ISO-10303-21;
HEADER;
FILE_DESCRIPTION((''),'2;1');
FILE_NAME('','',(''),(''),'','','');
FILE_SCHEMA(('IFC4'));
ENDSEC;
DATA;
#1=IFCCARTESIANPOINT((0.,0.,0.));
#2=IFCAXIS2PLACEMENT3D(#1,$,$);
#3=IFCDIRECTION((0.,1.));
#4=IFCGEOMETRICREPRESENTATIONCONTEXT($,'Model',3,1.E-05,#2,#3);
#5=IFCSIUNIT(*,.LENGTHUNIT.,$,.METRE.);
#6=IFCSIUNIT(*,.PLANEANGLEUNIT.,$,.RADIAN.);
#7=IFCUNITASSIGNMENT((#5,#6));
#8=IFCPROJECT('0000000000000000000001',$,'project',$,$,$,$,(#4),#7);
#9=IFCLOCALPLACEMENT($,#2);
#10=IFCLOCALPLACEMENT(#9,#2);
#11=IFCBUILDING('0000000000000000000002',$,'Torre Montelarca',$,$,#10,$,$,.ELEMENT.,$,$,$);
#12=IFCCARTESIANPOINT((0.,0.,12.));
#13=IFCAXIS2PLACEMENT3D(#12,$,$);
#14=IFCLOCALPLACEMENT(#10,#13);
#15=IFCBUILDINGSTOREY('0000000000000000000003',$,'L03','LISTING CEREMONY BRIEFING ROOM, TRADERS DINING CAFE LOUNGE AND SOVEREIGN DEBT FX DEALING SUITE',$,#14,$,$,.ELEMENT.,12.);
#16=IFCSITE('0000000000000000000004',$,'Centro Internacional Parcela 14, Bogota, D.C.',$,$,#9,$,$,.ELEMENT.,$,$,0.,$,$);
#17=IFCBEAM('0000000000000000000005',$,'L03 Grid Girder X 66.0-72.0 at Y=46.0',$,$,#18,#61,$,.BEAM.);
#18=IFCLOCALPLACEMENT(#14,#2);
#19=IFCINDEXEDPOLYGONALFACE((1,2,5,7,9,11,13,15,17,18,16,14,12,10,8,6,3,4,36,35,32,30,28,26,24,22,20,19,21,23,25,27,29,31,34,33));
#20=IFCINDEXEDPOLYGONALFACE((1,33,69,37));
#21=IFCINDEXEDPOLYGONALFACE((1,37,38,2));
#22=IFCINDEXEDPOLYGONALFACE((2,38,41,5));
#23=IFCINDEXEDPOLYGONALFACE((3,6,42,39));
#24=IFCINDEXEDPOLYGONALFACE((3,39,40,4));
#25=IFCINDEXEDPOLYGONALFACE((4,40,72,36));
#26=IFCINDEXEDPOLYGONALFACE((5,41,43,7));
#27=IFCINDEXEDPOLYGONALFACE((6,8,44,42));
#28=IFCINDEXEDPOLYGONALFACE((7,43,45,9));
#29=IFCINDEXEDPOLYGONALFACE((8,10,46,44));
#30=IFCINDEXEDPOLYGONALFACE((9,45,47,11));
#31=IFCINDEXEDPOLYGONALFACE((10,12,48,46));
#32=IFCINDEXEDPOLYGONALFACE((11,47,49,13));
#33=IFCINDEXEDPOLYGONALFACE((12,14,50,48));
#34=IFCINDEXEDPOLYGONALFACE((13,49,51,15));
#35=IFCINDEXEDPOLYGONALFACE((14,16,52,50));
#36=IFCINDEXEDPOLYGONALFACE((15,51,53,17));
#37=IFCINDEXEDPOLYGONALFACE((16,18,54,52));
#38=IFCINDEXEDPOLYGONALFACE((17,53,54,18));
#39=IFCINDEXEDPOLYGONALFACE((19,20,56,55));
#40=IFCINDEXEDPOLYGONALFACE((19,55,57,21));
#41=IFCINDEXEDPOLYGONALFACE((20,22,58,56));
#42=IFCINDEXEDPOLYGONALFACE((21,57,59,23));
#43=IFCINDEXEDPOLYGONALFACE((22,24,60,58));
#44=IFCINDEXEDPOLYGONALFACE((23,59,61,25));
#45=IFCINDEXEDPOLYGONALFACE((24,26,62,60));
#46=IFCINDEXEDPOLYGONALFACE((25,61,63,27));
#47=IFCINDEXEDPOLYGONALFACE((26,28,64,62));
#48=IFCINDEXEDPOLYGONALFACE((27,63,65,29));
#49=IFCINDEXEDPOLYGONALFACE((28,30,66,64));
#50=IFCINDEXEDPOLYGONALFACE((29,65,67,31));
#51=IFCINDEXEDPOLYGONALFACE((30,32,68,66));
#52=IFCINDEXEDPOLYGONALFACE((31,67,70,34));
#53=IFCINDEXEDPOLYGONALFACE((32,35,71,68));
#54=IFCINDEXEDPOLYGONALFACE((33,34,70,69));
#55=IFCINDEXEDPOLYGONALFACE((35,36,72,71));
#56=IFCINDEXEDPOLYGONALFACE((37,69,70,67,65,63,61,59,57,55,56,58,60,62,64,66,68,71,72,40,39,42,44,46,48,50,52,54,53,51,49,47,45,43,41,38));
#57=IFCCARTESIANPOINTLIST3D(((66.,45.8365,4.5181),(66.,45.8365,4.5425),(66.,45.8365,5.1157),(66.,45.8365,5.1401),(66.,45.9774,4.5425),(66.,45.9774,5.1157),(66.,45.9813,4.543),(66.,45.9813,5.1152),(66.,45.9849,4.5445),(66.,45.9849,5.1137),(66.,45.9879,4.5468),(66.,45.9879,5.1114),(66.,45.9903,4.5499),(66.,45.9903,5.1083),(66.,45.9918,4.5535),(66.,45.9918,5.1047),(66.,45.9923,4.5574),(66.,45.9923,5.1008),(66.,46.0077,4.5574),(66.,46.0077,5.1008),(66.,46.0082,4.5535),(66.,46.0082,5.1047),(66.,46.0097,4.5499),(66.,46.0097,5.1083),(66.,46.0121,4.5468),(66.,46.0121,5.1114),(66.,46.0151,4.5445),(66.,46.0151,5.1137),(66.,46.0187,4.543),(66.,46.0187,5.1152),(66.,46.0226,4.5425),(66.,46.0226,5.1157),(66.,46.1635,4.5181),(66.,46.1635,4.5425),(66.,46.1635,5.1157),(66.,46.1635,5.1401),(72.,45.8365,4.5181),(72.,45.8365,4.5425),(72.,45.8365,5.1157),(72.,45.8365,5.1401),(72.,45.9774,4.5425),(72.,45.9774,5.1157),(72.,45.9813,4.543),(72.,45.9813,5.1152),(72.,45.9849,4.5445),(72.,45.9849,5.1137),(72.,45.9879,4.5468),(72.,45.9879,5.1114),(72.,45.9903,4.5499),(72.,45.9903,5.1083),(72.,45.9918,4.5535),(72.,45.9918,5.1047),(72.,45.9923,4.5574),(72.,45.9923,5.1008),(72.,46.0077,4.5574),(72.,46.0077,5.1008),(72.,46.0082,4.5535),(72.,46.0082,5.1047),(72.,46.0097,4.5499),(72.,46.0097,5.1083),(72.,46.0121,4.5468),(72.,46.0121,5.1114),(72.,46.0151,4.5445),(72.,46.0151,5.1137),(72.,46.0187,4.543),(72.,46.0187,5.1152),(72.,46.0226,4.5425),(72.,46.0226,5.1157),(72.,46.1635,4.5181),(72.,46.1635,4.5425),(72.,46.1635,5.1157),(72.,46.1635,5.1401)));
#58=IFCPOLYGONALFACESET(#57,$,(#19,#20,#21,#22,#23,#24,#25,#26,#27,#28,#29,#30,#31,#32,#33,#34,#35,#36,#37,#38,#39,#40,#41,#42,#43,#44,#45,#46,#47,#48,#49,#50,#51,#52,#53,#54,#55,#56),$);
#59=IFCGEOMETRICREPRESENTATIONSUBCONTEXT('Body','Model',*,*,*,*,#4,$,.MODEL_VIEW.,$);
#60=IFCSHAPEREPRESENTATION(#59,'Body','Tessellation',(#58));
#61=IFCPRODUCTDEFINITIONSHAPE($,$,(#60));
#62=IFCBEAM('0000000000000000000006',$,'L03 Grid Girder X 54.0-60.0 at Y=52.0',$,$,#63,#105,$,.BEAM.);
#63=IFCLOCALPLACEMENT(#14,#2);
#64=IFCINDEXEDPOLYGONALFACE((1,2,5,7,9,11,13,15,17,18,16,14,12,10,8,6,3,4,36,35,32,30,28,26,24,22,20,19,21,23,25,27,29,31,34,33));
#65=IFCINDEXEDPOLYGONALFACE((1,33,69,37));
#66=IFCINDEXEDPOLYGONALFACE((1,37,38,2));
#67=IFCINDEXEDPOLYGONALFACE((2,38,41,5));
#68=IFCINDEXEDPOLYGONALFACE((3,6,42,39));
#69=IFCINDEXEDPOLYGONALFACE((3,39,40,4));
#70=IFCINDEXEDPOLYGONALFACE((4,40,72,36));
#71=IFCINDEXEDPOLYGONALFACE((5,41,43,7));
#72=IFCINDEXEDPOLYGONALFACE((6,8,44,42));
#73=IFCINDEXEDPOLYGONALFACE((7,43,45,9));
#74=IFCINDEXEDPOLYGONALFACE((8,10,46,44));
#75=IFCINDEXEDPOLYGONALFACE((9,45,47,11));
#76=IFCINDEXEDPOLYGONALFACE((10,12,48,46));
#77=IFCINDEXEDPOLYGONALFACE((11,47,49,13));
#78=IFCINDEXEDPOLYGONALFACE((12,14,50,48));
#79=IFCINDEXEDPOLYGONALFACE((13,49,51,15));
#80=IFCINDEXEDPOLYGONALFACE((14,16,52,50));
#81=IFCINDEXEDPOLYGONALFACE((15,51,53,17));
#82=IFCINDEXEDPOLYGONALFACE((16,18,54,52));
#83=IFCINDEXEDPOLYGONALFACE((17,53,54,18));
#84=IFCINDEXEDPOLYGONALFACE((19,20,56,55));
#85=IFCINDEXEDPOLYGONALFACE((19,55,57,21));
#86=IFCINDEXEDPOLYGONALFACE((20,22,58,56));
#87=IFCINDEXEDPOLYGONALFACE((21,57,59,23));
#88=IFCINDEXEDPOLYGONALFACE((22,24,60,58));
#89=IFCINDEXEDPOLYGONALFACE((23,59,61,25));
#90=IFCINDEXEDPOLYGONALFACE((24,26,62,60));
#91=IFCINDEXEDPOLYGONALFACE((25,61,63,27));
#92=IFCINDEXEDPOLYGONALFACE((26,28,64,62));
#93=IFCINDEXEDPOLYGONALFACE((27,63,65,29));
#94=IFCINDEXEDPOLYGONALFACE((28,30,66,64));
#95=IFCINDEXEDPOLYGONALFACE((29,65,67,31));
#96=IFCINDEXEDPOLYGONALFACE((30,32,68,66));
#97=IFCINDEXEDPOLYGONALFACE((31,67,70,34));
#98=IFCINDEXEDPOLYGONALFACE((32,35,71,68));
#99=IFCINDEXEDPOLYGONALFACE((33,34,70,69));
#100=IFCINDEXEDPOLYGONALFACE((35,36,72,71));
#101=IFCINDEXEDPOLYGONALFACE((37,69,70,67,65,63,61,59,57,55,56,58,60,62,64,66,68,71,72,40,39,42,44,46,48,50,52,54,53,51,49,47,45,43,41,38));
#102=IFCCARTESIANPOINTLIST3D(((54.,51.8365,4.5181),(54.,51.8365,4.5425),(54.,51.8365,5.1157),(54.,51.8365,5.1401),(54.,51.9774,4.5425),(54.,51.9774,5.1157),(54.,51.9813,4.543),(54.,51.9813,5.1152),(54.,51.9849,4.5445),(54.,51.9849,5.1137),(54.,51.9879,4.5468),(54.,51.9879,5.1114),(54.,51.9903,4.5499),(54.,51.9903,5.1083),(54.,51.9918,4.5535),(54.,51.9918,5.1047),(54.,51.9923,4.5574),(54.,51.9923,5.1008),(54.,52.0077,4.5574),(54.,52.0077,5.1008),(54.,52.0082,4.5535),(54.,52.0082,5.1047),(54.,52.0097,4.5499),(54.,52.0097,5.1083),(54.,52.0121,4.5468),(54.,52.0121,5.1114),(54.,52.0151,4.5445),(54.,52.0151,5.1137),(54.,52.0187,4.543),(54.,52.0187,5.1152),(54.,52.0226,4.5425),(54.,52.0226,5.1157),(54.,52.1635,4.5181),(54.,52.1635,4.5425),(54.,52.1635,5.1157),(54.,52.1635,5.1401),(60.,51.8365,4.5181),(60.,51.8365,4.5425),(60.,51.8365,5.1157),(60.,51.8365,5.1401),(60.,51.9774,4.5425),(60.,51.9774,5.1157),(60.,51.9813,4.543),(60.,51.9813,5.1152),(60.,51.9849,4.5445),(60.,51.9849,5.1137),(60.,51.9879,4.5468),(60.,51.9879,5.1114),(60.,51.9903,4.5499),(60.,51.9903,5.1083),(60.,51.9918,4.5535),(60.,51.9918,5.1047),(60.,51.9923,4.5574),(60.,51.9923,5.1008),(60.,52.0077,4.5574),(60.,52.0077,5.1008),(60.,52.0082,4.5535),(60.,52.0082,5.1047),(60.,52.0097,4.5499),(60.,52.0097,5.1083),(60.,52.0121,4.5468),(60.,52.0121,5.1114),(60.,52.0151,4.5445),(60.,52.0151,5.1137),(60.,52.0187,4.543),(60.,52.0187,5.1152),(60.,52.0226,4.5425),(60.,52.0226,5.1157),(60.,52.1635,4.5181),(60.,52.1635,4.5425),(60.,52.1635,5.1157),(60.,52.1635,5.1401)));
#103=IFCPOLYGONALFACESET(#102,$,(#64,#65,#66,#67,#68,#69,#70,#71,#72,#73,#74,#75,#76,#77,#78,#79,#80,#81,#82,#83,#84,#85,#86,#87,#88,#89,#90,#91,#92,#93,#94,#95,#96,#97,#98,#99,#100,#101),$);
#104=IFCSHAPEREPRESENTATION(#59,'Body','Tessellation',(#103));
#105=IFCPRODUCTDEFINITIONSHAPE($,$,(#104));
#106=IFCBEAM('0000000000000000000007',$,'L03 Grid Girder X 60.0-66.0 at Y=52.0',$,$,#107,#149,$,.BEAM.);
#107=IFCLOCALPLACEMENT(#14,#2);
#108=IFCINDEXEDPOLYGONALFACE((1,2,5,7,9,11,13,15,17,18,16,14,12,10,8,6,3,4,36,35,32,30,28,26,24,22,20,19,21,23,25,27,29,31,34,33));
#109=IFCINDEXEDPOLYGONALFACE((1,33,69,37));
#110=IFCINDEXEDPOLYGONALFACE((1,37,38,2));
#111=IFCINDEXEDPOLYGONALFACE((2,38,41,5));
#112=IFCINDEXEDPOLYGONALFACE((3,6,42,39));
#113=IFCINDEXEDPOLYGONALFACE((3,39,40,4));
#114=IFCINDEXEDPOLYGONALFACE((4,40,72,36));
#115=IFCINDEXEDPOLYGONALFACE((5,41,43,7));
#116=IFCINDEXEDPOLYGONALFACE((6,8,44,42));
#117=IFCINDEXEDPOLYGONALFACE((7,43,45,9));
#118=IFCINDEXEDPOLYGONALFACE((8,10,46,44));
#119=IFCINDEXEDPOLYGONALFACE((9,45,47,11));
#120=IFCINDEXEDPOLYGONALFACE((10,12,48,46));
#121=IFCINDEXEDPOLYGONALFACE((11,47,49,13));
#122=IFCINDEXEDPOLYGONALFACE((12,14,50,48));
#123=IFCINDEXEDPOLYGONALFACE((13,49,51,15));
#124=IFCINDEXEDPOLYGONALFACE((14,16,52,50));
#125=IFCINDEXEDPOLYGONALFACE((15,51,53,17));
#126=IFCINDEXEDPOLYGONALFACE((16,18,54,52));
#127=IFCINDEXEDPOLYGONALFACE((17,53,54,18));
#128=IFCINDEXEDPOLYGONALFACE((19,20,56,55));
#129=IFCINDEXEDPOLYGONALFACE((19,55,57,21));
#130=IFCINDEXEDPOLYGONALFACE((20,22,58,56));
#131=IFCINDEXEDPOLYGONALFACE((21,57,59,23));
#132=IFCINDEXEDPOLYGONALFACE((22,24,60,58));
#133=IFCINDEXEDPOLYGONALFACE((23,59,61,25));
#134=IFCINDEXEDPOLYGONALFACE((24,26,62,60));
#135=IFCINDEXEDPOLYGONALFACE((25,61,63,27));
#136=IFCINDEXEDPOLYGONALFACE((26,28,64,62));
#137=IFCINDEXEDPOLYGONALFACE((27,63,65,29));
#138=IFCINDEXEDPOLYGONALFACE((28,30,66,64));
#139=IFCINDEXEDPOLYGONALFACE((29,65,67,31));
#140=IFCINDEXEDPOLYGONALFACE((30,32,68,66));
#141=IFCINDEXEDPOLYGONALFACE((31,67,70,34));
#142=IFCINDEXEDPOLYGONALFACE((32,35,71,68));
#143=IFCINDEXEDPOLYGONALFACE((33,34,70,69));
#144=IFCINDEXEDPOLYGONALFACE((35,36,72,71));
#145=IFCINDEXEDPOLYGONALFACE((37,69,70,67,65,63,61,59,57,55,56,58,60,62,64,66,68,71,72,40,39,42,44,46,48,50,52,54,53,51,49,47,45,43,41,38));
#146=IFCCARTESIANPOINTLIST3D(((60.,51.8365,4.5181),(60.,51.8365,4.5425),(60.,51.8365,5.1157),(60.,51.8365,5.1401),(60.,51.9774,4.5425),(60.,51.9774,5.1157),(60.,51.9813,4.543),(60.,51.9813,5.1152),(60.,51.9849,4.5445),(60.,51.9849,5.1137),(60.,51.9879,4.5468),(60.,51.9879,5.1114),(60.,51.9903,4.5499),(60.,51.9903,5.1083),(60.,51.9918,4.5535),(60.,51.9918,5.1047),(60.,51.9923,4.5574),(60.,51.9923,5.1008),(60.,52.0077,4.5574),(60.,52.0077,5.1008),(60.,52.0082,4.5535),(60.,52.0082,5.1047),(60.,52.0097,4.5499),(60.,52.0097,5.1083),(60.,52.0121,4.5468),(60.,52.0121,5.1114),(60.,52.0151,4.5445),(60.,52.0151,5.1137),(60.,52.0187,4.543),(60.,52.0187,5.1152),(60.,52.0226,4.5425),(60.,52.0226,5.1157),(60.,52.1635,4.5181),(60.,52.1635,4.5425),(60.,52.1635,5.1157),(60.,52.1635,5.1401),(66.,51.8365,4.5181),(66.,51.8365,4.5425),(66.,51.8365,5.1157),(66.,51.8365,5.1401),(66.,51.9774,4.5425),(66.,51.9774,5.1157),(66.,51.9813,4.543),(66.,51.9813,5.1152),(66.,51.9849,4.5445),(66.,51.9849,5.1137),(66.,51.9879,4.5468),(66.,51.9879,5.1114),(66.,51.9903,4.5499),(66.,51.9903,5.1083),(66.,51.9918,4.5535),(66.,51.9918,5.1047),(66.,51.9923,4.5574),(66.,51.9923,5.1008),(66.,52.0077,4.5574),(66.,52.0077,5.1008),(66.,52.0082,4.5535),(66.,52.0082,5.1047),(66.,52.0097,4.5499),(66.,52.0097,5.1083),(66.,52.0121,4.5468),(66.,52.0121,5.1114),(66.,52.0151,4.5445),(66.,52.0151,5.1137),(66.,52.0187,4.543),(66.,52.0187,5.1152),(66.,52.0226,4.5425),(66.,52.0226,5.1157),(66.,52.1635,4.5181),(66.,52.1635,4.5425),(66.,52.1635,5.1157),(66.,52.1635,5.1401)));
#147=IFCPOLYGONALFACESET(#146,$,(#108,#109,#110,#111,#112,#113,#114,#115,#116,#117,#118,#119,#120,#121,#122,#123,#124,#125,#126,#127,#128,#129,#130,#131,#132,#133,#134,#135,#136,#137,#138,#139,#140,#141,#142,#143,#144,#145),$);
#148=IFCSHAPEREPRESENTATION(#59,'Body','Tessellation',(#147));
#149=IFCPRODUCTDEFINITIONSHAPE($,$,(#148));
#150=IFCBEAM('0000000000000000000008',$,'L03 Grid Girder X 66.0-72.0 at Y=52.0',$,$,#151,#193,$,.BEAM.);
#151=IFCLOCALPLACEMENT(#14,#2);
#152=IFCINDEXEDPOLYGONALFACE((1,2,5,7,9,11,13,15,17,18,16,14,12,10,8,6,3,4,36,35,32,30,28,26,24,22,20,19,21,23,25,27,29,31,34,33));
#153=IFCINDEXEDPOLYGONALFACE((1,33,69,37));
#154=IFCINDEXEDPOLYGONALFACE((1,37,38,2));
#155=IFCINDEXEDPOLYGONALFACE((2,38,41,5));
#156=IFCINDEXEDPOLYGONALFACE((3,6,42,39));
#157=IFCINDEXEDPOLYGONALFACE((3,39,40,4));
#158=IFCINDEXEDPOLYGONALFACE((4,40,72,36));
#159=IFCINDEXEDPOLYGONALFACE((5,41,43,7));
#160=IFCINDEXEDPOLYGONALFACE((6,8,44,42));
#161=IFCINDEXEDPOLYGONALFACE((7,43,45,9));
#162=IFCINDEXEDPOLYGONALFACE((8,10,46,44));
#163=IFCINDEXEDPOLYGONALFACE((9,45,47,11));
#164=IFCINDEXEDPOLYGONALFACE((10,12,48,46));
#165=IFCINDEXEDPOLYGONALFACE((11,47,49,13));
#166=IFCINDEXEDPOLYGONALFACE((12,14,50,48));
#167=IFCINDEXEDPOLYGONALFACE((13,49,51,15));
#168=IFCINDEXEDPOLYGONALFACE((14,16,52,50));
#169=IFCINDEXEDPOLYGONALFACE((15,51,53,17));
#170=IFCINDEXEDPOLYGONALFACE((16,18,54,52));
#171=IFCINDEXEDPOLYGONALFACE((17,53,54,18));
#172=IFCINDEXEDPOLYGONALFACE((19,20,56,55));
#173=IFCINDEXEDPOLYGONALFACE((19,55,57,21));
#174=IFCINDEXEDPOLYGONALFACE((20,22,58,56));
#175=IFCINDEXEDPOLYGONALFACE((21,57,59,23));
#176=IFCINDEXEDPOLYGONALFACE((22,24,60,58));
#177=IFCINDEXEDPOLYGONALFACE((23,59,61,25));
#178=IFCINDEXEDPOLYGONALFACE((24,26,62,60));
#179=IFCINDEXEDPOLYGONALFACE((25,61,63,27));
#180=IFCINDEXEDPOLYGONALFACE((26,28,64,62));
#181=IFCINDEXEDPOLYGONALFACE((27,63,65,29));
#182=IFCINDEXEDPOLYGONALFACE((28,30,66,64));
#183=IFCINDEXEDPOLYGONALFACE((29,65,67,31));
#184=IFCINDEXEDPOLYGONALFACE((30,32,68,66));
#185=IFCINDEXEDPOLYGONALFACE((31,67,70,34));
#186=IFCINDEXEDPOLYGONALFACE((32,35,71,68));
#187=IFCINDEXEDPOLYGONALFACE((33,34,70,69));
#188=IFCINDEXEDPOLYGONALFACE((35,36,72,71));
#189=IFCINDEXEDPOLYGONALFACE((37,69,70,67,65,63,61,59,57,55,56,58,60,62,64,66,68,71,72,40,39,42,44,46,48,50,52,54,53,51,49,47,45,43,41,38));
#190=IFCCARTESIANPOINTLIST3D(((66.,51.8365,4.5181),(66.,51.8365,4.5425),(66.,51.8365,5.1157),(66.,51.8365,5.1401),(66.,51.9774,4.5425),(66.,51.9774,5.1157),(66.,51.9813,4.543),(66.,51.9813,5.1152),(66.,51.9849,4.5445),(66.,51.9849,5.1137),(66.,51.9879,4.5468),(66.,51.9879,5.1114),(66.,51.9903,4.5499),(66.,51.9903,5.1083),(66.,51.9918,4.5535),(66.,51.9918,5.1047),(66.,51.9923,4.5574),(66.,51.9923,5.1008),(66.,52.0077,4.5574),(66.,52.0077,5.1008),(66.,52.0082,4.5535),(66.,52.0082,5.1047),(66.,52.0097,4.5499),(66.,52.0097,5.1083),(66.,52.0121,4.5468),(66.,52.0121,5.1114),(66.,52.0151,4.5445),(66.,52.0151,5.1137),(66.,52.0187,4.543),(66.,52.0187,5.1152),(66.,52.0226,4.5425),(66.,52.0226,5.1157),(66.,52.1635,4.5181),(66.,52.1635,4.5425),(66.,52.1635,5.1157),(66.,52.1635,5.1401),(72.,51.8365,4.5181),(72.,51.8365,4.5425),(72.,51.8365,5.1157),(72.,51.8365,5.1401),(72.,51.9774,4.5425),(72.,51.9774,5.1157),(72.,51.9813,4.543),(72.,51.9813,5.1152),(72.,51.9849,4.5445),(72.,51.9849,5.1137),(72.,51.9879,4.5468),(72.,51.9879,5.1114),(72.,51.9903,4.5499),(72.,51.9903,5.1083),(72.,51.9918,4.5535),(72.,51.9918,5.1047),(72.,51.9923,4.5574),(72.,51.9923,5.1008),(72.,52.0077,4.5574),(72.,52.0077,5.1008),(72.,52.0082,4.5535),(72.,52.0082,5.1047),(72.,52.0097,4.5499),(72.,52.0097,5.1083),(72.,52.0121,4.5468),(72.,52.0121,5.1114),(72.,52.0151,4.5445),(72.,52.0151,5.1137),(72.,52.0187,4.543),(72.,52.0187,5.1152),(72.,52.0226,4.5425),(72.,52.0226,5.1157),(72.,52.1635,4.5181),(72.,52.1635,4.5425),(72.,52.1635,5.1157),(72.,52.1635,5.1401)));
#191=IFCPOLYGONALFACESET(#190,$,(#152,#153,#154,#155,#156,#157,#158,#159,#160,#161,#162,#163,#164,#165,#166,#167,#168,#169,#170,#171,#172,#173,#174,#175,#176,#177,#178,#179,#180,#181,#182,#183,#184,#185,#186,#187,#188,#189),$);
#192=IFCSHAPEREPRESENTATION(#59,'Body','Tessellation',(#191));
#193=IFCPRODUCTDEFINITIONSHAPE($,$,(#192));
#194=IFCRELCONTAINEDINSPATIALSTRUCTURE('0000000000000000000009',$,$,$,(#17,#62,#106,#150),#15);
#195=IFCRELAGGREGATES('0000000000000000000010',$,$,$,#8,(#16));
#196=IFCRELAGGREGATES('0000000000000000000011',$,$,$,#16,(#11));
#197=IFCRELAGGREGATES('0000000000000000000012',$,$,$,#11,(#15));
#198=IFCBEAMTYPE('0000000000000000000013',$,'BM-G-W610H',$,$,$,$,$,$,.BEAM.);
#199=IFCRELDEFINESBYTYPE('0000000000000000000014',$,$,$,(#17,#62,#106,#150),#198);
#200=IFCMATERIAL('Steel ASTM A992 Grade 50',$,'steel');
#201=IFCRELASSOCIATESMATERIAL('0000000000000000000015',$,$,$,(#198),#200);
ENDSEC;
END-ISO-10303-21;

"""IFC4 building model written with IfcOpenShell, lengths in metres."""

from ifc_helpers import new_model, si_unit, direction, frame, origin, origin_2d, place, context, subcontext, project, spatial, i_section, extrude, source, transform, mapped, material, material_profile, profile_set, type_object, element, save


model = new_model("IFC4")

# Units and contexts
model_context = context("Model", 3, precision=1e-05, world=origin(), true_north=direction((0.0, 1.0)))
body_context = subcontext(model_context, "Body", "Model", "MODEL_VIEW")
ifc_project = project(units=[si_unit("LENGTHUNIT", "METRE"), si_unit("PLANEANGLEUNIT", "RADIAN")], contexts=[model_context])

# Site, building, storey
site_placement = place(None, origin())
site = spatial("IfcSite", under=ifc_project, at=site_placement, Name="Centro Internacional Parcela 14, Bogota, D.C.", CompositionType="ELEMENT", RefElevation=0.0)
building_placement = place(site_placement, origin())
building = spatial("IfcBuilding", under=site, at=building_placement, Name="Torre Montelarca", CompositionType="ELEMENT")
storey_placement = place(building_placement, frame((0.0, 0.0, 12.0)))
storey = spatial("IfcBuildingStorey", under=building, at=storey_placement, Name="L03", Description="LISTING CEREMONY BRIEFING ROOM, TRADERS DINING CAFE LOUNGE AND SOVEREIGN DEBT FX DEALING SUITE", CompositionType="ELEMENT", Elevation=12.0)

# Shared definitions
ifc_material_1 = material(Name="Steel ASTM A992 Grade 50", Category="steel")

# Beams
ifc_material_profile_1 = material_profile(ifc_material_1, i_section(OverallWidth=0.3269, OverallDepth=0.6221, WebThickness=0.0154, FlangeThickness=0.0244, FilletRadius=0.0149, at=origin_2d()), Name="W610X195", Category="steel")
ifc_profile_set_1 = profile_set([ifc_material_profile_1], Name="Steel ASTM A992 Grade 50")
beam_type_1 = type_object("IfcBeamType", Name="BM-G-W610H", PredefinedType="BEAM", material=ifc_profile_set_1)
shared_shape_1 = source(origin(), body_context, "Body", "SweptSolid", [
    extrude(i_section(OverallWidth=0.3269, OverallDepth=0.6221, WebThickness=0.0154, FlangeThickness=0.0244, FilletRadius=0.0149, at=origin_2d()), origin(), (0.0, 0.0, 1.0), 6.0),
])
for number, where, z_axis, x_axis, name in (
    (1, (66.0, 46.0, 4.8291), (1.0, 0.0, 0.0), (0.0, 1.0, 0.0), "L03 Grid Girder X 66.0-72.0 at Y=46.0"),
    (2, (54.0, 52.0, 4.8291), (1.0, 0.0, 0.0), (0.0, 1.0, 0.0), "L03 Grid Girder X 54.0-60.0 at Y=52.0"),
    (3, (60.0, 52.0, 4.8291), (1.0, 0.0, 0.0), (0.0, 1.0, 0.0), "L03 Grid Girder X 60.0-66.0 at Y=52.0"),
    (4, (66.0, 52.0, 4.8291), (1.0, 0.0, 0.0), (0.0, 1.0, 0.0), "L03 Grid Girder X 66.0-72.0 at Y=52.0"),
):
    element("IfcBeam", number, at=place(storey_placement, frame(where, z_axis=z_axis, x_axis=x_axis)), inside=storey, type_object=beam_type_1, Name=name, PredefinedType="BEAM", context=body_context, shape_type="MappedRepresentation", body=[
        mapped(shared_shape_1, transform((0.0, 0.0, 0.0), scale=1.0)),
    ])

save(model, "model.ifc")
